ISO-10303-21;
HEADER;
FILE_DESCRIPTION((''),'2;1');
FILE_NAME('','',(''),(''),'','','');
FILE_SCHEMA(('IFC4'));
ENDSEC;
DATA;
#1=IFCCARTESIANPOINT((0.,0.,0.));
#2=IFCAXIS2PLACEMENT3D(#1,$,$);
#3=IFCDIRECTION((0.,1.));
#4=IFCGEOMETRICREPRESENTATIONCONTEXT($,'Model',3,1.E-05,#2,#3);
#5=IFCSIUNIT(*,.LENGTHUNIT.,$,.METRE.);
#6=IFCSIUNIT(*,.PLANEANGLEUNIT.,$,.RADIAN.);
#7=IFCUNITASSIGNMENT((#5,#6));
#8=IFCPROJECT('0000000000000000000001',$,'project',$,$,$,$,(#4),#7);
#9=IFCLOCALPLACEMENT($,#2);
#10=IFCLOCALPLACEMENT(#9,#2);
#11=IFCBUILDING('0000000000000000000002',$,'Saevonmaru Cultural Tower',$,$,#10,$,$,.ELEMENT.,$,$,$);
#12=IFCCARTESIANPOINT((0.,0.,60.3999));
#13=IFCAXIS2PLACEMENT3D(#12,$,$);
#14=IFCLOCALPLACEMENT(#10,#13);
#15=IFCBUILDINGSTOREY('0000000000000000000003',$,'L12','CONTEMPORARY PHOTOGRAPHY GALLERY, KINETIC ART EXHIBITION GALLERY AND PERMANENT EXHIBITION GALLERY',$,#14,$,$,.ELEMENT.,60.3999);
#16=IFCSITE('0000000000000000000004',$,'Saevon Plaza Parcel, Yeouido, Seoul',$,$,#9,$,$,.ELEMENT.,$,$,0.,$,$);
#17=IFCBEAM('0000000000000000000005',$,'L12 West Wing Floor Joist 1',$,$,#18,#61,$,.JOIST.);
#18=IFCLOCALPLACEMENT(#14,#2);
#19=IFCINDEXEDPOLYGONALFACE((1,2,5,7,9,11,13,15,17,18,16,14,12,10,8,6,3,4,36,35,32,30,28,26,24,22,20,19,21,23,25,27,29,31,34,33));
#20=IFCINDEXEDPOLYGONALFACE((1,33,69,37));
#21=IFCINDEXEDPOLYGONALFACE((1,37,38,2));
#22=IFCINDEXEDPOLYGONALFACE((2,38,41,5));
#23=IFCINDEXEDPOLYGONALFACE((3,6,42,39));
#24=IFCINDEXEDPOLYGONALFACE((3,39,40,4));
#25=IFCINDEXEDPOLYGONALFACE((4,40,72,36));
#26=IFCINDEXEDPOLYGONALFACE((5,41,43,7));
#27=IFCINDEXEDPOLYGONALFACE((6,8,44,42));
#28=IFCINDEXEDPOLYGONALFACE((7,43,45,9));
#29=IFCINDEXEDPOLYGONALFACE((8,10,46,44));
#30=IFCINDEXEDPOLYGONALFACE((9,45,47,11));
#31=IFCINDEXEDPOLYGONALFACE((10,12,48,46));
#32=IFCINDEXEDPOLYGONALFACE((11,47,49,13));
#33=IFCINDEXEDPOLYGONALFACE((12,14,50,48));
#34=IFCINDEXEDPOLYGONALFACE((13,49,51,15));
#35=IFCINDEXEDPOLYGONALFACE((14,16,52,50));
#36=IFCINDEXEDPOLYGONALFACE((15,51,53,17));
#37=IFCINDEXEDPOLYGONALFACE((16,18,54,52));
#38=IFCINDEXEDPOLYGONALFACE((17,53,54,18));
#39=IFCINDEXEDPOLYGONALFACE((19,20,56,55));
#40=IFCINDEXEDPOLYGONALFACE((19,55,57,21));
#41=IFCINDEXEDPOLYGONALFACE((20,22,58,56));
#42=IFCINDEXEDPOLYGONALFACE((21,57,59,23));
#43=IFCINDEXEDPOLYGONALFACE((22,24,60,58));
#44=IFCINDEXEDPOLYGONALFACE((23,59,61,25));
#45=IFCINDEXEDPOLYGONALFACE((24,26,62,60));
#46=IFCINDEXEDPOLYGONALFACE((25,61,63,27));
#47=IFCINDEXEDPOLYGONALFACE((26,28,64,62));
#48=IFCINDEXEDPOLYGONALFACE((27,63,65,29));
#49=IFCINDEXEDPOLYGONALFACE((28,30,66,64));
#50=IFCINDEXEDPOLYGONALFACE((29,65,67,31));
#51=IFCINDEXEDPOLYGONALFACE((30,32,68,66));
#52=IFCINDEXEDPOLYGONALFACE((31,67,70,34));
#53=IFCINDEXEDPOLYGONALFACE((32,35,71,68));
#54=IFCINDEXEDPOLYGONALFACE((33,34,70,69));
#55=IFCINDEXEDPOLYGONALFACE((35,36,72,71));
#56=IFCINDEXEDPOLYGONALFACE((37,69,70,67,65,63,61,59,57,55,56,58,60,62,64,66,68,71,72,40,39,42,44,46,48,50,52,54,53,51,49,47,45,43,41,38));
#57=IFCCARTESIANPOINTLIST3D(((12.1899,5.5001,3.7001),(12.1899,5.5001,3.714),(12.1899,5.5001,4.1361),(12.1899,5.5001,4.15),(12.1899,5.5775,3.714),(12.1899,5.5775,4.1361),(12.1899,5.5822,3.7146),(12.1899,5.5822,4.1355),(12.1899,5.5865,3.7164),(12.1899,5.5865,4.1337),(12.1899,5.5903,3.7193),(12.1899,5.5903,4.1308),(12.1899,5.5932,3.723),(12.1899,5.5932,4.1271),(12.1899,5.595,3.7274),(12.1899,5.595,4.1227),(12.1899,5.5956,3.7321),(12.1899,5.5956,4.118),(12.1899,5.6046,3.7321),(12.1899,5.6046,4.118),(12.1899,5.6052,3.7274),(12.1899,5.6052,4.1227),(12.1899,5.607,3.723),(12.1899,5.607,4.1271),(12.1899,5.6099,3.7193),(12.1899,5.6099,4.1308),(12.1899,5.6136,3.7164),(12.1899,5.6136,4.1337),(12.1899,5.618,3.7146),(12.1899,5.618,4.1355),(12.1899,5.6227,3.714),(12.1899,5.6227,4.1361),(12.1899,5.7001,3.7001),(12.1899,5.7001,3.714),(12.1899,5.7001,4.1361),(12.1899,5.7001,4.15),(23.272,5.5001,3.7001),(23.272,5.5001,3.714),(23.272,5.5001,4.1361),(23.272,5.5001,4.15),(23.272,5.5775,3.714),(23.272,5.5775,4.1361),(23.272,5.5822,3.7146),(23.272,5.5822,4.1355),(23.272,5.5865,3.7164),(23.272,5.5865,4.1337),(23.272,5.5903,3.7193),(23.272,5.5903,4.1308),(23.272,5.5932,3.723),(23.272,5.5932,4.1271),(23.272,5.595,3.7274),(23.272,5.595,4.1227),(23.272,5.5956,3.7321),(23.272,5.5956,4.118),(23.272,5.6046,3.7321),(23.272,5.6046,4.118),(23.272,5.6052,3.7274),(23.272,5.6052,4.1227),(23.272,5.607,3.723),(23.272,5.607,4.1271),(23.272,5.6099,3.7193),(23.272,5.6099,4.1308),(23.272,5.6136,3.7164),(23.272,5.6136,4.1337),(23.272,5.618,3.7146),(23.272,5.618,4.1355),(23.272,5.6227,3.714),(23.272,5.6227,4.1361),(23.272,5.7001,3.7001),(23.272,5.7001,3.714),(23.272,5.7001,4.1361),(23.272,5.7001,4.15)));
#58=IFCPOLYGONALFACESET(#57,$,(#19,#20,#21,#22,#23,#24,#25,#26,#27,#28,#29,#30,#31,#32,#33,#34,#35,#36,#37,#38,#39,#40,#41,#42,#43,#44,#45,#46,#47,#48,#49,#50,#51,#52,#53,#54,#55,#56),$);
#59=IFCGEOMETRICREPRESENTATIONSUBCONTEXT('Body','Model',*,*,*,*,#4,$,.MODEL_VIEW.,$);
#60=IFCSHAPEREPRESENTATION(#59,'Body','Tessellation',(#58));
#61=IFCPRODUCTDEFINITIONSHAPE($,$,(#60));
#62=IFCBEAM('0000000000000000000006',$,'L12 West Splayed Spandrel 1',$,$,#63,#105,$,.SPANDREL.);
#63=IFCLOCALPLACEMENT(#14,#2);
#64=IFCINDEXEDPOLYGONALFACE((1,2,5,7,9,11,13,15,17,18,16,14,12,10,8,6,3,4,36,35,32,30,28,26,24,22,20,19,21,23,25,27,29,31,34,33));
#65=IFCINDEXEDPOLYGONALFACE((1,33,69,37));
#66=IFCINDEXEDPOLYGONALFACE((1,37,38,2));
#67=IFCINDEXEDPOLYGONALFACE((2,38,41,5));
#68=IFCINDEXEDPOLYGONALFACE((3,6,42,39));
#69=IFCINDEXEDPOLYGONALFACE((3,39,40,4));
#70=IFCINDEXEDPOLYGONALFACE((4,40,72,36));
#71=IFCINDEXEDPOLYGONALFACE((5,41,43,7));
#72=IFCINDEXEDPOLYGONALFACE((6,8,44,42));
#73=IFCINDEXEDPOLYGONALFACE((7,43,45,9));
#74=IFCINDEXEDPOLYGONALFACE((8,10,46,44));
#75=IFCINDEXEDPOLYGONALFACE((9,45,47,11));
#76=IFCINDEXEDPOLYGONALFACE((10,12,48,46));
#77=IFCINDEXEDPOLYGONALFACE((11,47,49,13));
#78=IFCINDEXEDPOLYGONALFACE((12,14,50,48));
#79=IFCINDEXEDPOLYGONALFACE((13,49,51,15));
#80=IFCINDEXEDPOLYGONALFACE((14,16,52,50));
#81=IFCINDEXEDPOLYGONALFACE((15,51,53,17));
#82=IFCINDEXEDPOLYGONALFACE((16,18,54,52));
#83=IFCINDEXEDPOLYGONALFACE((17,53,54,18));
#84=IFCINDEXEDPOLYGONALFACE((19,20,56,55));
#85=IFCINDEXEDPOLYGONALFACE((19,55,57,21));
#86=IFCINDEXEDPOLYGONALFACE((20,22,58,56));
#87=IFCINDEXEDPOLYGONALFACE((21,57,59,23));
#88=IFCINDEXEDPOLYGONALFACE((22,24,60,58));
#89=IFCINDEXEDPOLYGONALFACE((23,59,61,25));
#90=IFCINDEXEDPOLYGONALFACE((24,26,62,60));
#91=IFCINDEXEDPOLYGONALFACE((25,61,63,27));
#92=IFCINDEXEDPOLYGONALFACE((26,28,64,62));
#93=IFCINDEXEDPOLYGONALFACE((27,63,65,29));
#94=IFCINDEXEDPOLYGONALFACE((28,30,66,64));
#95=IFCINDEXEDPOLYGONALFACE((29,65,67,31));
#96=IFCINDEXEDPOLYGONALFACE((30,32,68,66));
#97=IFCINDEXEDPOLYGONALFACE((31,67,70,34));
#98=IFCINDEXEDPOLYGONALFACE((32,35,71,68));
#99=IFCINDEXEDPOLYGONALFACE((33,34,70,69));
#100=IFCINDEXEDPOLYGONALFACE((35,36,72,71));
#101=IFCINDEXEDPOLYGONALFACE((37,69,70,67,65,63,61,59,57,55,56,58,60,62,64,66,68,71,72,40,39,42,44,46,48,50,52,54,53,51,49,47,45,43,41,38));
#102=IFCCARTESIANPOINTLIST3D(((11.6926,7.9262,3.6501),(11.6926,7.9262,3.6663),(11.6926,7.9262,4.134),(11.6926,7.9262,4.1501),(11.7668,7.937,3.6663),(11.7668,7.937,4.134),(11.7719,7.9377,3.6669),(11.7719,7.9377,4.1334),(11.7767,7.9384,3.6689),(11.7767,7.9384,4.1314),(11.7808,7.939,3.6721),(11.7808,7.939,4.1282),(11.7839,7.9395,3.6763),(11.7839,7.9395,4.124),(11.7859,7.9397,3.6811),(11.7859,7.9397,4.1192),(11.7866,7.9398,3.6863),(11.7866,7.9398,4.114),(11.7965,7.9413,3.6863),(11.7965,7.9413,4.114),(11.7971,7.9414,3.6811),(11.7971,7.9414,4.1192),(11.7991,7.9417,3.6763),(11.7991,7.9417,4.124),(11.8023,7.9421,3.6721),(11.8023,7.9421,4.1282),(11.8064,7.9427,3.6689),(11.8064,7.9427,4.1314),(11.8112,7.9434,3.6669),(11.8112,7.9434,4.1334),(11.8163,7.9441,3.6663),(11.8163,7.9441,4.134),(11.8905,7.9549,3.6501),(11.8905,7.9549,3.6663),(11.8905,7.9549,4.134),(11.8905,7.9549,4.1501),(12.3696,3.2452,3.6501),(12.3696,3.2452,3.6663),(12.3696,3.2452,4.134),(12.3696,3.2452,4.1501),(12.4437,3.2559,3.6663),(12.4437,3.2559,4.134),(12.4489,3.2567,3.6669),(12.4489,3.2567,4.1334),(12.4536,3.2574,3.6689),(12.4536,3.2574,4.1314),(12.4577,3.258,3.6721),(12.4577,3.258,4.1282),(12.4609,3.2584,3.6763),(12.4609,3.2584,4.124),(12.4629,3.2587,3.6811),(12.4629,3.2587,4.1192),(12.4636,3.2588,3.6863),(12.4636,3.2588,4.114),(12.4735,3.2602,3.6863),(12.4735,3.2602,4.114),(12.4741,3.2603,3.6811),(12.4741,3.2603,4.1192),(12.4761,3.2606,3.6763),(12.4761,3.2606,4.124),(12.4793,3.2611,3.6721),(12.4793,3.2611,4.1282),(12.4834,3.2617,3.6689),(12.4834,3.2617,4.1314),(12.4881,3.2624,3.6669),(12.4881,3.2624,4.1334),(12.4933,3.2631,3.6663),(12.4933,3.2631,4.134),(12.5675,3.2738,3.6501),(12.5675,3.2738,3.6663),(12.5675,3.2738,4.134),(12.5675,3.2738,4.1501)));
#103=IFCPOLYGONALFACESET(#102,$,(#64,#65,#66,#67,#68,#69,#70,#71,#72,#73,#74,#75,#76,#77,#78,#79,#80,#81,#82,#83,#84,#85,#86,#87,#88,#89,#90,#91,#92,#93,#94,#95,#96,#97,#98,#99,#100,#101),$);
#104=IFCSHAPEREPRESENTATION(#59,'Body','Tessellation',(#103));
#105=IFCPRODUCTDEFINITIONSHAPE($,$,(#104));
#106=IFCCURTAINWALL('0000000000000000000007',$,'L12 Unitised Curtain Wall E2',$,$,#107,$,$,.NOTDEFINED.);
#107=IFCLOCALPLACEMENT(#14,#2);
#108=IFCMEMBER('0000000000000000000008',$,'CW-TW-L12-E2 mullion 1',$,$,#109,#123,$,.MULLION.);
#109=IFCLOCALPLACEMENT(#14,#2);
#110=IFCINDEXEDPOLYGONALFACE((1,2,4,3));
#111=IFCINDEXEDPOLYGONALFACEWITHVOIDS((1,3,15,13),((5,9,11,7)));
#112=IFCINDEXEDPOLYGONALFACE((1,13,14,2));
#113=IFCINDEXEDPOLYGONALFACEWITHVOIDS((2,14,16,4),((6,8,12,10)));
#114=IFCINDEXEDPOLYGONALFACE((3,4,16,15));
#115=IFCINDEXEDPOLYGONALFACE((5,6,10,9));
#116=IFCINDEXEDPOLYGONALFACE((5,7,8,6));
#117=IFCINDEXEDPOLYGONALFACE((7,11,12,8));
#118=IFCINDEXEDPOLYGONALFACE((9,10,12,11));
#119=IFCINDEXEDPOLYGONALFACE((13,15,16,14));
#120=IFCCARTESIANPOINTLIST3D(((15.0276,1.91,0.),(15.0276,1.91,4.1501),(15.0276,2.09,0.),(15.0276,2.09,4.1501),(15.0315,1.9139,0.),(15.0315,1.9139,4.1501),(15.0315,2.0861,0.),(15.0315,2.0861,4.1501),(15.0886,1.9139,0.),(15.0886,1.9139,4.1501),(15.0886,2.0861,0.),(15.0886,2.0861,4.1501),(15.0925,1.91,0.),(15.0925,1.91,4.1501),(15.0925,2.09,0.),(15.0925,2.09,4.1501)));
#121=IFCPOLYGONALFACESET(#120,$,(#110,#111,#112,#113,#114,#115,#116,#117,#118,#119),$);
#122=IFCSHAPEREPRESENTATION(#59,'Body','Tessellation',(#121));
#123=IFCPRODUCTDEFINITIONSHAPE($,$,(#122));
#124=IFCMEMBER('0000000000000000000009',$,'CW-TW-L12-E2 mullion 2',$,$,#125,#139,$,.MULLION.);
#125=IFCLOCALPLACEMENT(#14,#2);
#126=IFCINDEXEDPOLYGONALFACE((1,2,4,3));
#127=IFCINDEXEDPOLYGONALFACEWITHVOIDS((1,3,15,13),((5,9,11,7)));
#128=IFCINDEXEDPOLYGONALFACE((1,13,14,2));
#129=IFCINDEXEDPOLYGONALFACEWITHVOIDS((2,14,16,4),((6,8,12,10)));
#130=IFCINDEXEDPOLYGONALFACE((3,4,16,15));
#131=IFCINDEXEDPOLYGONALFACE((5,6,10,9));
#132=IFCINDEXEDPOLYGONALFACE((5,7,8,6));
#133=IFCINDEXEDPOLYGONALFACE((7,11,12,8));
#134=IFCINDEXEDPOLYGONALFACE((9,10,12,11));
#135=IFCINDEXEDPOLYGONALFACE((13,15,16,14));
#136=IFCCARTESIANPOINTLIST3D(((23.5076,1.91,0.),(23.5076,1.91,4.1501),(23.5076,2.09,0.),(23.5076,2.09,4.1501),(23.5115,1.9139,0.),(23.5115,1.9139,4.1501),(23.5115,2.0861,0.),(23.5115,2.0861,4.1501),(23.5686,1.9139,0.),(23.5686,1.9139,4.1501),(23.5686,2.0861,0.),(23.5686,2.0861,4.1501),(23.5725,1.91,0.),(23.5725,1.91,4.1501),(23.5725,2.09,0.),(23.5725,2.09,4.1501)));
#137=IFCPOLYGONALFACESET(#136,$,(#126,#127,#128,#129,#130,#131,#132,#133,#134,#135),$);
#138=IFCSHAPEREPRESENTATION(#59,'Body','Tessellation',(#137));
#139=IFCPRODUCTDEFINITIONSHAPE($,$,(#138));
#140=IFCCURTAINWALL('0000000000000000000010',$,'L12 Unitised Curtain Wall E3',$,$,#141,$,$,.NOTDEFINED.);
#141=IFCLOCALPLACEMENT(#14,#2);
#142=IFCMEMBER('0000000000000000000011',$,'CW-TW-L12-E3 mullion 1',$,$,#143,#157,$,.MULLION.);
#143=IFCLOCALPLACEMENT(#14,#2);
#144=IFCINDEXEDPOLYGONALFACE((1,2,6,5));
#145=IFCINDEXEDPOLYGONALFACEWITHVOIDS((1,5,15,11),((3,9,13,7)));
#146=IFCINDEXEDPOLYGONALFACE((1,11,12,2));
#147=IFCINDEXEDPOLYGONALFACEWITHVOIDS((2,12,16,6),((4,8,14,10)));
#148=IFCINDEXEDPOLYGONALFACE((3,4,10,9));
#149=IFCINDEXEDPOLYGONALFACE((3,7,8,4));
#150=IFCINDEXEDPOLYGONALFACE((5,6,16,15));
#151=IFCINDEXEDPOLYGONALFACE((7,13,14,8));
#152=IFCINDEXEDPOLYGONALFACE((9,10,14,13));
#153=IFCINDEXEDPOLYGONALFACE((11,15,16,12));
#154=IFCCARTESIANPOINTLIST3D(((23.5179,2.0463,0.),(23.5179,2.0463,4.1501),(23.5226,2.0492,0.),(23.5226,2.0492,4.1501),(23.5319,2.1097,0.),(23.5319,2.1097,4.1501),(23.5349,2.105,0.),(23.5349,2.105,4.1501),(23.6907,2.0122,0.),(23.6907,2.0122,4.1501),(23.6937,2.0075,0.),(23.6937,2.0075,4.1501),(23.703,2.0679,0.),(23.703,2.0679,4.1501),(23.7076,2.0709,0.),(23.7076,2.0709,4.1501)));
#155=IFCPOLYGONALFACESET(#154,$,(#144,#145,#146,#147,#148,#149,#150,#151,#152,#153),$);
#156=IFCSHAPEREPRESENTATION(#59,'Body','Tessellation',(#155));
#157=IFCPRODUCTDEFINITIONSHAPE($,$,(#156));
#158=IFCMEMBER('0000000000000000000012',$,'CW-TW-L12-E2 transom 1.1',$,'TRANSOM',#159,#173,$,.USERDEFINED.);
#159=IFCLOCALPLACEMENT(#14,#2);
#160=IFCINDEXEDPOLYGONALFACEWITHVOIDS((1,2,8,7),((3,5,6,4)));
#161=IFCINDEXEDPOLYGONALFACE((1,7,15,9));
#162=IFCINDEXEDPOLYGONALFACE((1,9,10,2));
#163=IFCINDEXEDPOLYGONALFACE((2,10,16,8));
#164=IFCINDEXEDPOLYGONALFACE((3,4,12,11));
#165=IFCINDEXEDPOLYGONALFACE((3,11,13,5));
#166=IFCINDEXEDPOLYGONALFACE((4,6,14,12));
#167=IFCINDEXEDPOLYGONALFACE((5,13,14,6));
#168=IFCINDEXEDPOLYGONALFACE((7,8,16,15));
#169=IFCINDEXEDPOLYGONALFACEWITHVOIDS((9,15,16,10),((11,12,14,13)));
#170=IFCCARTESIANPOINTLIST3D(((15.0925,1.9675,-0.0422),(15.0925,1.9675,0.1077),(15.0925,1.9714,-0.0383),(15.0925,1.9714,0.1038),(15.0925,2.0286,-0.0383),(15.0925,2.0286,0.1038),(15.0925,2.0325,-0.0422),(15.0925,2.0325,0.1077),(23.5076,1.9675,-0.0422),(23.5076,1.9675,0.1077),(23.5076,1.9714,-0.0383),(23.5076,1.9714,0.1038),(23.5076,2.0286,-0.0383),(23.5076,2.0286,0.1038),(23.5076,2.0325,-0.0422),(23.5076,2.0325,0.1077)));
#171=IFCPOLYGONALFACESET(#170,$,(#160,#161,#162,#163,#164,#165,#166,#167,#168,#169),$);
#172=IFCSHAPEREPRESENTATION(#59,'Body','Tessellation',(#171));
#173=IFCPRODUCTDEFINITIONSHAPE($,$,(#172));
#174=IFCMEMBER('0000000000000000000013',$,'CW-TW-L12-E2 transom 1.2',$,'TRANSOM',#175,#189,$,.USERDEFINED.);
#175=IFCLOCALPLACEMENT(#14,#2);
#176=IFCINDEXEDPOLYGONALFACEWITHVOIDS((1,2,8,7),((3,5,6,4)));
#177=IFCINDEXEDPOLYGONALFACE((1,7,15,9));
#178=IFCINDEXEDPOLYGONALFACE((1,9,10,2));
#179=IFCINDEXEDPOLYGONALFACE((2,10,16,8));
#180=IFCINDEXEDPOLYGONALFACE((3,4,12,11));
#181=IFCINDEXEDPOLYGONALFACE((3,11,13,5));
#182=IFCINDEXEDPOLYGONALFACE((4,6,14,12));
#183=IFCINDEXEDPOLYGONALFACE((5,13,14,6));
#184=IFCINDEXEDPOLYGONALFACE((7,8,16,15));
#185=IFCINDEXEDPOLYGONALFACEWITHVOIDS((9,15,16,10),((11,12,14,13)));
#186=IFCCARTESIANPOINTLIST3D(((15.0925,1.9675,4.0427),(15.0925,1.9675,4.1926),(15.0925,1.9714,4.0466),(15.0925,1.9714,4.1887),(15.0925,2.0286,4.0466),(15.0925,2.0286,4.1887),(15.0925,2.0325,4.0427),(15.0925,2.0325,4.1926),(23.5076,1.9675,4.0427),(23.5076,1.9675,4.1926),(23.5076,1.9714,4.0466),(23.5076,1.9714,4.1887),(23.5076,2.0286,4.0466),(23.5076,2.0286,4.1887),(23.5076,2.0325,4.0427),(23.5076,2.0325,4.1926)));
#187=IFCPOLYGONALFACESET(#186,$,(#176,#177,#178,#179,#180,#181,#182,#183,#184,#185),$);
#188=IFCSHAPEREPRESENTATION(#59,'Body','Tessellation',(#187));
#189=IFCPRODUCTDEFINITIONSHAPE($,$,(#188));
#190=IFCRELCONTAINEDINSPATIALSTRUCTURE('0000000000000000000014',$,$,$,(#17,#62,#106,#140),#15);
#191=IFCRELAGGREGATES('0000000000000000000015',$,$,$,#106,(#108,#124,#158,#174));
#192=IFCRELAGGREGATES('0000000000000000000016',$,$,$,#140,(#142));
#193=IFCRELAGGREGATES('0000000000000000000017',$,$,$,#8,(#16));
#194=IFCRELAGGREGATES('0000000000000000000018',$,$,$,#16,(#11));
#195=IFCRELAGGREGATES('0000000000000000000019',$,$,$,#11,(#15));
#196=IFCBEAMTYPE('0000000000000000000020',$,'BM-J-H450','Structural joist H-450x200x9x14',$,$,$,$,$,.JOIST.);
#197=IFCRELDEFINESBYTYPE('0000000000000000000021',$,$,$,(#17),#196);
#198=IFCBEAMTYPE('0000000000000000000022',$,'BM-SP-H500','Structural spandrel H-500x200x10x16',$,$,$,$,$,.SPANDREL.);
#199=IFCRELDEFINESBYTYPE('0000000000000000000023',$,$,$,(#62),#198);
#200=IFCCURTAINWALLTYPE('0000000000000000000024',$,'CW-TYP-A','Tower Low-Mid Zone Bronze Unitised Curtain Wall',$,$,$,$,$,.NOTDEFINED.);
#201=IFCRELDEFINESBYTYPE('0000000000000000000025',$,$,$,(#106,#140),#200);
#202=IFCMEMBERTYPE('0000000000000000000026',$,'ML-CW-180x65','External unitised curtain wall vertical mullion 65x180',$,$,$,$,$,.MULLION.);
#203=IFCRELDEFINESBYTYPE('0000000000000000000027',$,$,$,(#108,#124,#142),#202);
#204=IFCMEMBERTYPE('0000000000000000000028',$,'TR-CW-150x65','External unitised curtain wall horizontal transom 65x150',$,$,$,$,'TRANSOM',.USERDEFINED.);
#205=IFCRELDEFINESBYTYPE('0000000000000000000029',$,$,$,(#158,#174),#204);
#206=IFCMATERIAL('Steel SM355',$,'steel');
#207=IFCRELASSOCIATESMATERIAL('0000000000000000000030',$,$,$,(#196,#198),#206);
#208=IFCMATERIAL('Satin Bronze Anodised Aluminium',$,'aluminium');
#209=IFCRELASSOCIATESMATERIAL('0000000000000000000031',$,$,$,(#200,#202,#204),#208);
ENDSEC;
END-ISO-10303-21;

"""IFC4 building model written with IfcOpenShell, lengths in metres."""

from ifc_helpers import new_model, si_unit, direction, frame, origin, origin_2d, place, context, subcontext, project, spatial, hollow_rectangle, i_section, extrude, material, material_profile, profile_set, type_object, element, aggregate, save


model = new_model("IFC4")

# Units and contexts
model_context = context("Model", 3, precision=1e-05, world=origin(), true_north=direction((0.0, 1.0)))
body_context = subcontext(model_context, "Body", "Model", "MODEL_VIEW")
ifc_project = project(units=[si_unit("LENGTHUNIT", "METRE"), si_unit("PLANEANGLEUNIT", "RADIAN")], contexts=[model_context])

# Site, building, storey
site_placement = place(None, origin())
site = spatial("IfcSite", under=ifc_project, at=site_placement, Name="Saevon Plaza Parcel, Yeouido, Seoul", CompositionType="ELEMENT", RefElevation=0.0)
building_placement = place(site_placement, origin())
building = spatial("IfcBuilding", under=site, at=building_placement, Name="Saevonmaru Cultural Tower", CompositionType="ELEMENT")
storey_placement = place(building_placement, frame((0.0, 0.0, 60.3999)))
storey = spatial("IfcBuildingStorey", under=building, at=storey_placement, Name="L12", Description="CONTEMPORARY PHOTOGRAPHY GALLERY, KINETIC ART EXHIBITION GALLERY AND PERMANENT EXHIBITION GALLERY", CompositionType="ELEMENT", Elevation=60.3999)

# Beams
ifc_material_1 = material(Name="Steel SM355", Category="steel")
ifc_material_profile_1 = material_profile(ifc_material_1, i_section(OverallWidth=0.2, OverallDepth=0.45, WebThickness=0.009, FlangeThickness=0.0139, FilletRadius=0.0181, at=origin_2d()), Name="H-450x200x9x14")
ifc_profile_set_1 = profile_set([ifc_material_profile_1], Name="Steel SM355")
beam_type_1 = type_object("IfcBeamType", Name="BM-J-H450", Description="Structural joist H-450x200x9x14", PredefinedType="JOIST", material=ifc_profile_set_1)
beam_1_placement = place(storey_placement, frame((12.1899, 5.6001, 3.925), z_axis=(1.0, 0.0, 0.0), x_axis=(0.0, 1.0, 0.0)))
element("IfcBeam", 1, at=beam_1_placement, inside=storey, type_object=beam_type_1, Name="L12 West Wing Floor Joist 1", PredefinedType="JOIST", context=body_context, shape_type="SweptSolid", body=[
    extrude(i_section(OverallWidth=0.2, OverallDepth=0.45, WebThickness=0.009, FlangeThickness=0.0139, FilletRadius=0.0181, at=origin_2d()), origin(), (0.0, 0.0, 1.0), 11.082),
])
ifc_material_profile_2 = material_profile(ifc_material_1, i_section(OverallWidth=0.2, OverallDepth=0.5, WebThickness=0.01, FlangeThickness=0.0161, FilletRadius=0.02, at=origin_2d()), Name="H-500x200x10x16")
ifc_profile_set_2 = profile_set([ifc_material_profile_2], Name="Steel SM355")
beam_type_2 = type_object("IfcBeamType", Name="BM-SP-H500", Description="Structural spandrel H-500x200x10x16", PredefinedType="SPANDREL", material=ifc_profile_set_2)
beam_2_placement = place(storey_placement, frame((12.4685, 3.2595, 3.9001), z_axis=(-0.143134, 0.989703, 0.0), x_axis=(-0.989703, -0.143134, 0.0)))
element("IfcBeam", 2, at=beam_2_placement, inside=storey, type_object=beam_type_2, Name="L12 West Splayed Spandrel 1", PredefinedType="SPANDREL", context=body_context, shape_type="SweptSolid", body=[
    extrude(i_section(OverallWidth=0.2, OverallDepth=0.5, WebThickness=0.01, FlangeThickness=0.0161, FilletRadius=0.02, at=origin_2d()), origin(), (0.0, 0.0, 1.0), 4.7297),
])

# Curtain wall, members
ifc_material_2 = material(Name="Satin Bronze Anodised Aluminium", Category="aluminium")
curtain_wall_type = type_object("IfcCurtainWallType", Name="CW-TYP-A", Description="Tower Low-Mid Zone Bronze Unitised Curtain Wall", PredefinedType="NOTDEFINED", material=ifc_material_2)
curtain_wall_1_placement = place(storey_placement, origin())
curtain_wall_1 = element("IfcCurtainWall", 3, at=curtain_wall_1_placement, inside=storey, type_object=curtain_wall_type, Name="L12 Unitised Curtain Wall E2", PredefinedType="NOTDEFINED")
ifc_material_profile_3 = material_profile(ifc_material_2, hollow_rectangle(XDim=0.0649, YDim=0.1799, WallThickness=0.0039, at=origin_2d()), Name="ALU-MULL-180x65x4")
ifc_profile_set_3 = profile_set([ifc_material_profile_3], Name="Satin Bronze Anodised Aluminium")
member_type_1 = type_object("IfcMemberType", Name="ML-CW-180x65", Description="External unitised curtain wall vertical mullion 65x180", PredefinedType="MULLION", material=ifc_profile_set_3)
member_1_placement = place(storey_placement, frame((15.0601, 2.0, 0.0), z_axis=(0.0, 0.0, 1.0), x_axis=(1.0, 0.0, 0.0)))
member_1 = element("IfcMember", 4, at=member_1_placement, type_object=member_type_1, Name="CW-TW-L12-E2 mullion 1", PredefinedType="MULLION", context=body_context, shape_type="SweptSolid", body=[
    extrude(hollow_rectangle(XDim=0.0649, YDim=0.1799, WallThickness=0.0039, at=origin_2d()), origin(), (0.0, 0.0, 1.0), 4.1501),
])
member_2_placement = place(storey_placement, frame((23.54, 2.0, 0.0), z_axis=(0.0, 0.0, 1.0), x_axis=(1.0, 0.0, 0.0)))
member_2 = element("IfcMember", 5, at=member_2_placement, type_object=member_type_1, Name="CW-TW-L12-E2 mullion 2", PredefinedType="MULLION", context=body_context, shape_type="SweptSolid", body=[
    extrude(hollow_rectangle(XDim=0.0649, YDim=0.1799, WallThickness=0.0039, at=origin_2d()), origin(), (0.0, 0.0, 1.0), 4.1501),
])

# Curtain wall, member
curtain_wall_2_placement = place(storey_placement, origin())
curtain_wall_2 = element("IfcCurtainWall", 6, at=curtain_wall_2_placement, inside=storey, type_object=curtain_wall_type, Name="L12 Unitised Curtain Wall E3", PredefinedType="NOTDEFINED")
member_3_placement = place(storey_placement, frame((23.6128, 2.0586, 0.0), z_axis=(0.0, 0.0, 1.0), x_axis=(0.215413, 0.976523, 0.0)))
member_3 = element("IfcMember", 7, at=member_3_placement, type_object=member_type_1, Name="CW-TW-L12-E3 mullion 1", PredefinedType="MULLION", context=body_context, shape_type="SweptSolid", body=[
    extrude(hollow_rectangle(XDim=0.0649, YDim=0.1799, WallThickness=0.0039, at=origin_2d()), origin(), (0.0, 0.0, 1.0), 4.1501),
])

# Members
ifc_material_profile_4 = material_profile(ifc_material_2, hollow_rectangle(XDim=0.0649, YDim=0.1499, WallThickness=0.0039, at=origin_2d()), Name="ALU-TRAN-150x65x4")
ifc_profile_set_4 = profile_set([ifc_material_profile_4], Name="Satin Bronze Anodised Aluminium")
member_type_2 = type_object("IfcMemberType", Name="TR-CW-150x65", Description="External unitised curtain wall horizontal transom 65x150", ElementType="TRANSOM", PredefinedType="USERDEFINED", material=ifc_profile_set_4)
member_4_placement = place(storey_placement, frame((15.0925, 2.0, 0.0327), z_axis=(1.0, 0.0, 0.0), x_axis=(0.0, 1.0, 0.0)))
member_4 = element("IfcMember", 8, at=member_4_placement, type_object=member_type_2, Name="CW-TW-L12-E2 transom 1.1", ObjectType="TRANSOM", PredefinedType="USERDEFINED", context=body_context, shape_type="SweptSolid", body=[
    extrude(hollow_rectangle(XDim=0.0649, YDim=0.1499, WallThickness=0.0039, at=origin_2d()), origin(), (0.0, 0.0, 1.0), 8.415),
])
member_5_placement = place(storey_placement, frame((15.0925, 2.0, 4.1177), z_axis=(1.0, 0.0, 0.0), x_axis=(0.0, 1.0, 0.0)))
member_5 = element("IfcMember", 9, at=member_5_placement, type_object=member_type_2, Name="CW-TW-L12-E2 transom 1.2", ObjectType="TRANSOM", PredefinedType="USERDEFINED", context=body_context, shape_type="SweptSolid", body=[
    extrude(hollow_rectangle(XDim=0.0649, YDim=0.1499, WallThickness=0.0039, at=origin_2d()), origin(), (0.0, 0.0, 1.0), 8.415),
])

aggregate(curtain_wall_1, [member_1, member_2, member_4, member_5])
aggregate(curtain_wall_2, [member_3])

save(model, "model.ifc")
